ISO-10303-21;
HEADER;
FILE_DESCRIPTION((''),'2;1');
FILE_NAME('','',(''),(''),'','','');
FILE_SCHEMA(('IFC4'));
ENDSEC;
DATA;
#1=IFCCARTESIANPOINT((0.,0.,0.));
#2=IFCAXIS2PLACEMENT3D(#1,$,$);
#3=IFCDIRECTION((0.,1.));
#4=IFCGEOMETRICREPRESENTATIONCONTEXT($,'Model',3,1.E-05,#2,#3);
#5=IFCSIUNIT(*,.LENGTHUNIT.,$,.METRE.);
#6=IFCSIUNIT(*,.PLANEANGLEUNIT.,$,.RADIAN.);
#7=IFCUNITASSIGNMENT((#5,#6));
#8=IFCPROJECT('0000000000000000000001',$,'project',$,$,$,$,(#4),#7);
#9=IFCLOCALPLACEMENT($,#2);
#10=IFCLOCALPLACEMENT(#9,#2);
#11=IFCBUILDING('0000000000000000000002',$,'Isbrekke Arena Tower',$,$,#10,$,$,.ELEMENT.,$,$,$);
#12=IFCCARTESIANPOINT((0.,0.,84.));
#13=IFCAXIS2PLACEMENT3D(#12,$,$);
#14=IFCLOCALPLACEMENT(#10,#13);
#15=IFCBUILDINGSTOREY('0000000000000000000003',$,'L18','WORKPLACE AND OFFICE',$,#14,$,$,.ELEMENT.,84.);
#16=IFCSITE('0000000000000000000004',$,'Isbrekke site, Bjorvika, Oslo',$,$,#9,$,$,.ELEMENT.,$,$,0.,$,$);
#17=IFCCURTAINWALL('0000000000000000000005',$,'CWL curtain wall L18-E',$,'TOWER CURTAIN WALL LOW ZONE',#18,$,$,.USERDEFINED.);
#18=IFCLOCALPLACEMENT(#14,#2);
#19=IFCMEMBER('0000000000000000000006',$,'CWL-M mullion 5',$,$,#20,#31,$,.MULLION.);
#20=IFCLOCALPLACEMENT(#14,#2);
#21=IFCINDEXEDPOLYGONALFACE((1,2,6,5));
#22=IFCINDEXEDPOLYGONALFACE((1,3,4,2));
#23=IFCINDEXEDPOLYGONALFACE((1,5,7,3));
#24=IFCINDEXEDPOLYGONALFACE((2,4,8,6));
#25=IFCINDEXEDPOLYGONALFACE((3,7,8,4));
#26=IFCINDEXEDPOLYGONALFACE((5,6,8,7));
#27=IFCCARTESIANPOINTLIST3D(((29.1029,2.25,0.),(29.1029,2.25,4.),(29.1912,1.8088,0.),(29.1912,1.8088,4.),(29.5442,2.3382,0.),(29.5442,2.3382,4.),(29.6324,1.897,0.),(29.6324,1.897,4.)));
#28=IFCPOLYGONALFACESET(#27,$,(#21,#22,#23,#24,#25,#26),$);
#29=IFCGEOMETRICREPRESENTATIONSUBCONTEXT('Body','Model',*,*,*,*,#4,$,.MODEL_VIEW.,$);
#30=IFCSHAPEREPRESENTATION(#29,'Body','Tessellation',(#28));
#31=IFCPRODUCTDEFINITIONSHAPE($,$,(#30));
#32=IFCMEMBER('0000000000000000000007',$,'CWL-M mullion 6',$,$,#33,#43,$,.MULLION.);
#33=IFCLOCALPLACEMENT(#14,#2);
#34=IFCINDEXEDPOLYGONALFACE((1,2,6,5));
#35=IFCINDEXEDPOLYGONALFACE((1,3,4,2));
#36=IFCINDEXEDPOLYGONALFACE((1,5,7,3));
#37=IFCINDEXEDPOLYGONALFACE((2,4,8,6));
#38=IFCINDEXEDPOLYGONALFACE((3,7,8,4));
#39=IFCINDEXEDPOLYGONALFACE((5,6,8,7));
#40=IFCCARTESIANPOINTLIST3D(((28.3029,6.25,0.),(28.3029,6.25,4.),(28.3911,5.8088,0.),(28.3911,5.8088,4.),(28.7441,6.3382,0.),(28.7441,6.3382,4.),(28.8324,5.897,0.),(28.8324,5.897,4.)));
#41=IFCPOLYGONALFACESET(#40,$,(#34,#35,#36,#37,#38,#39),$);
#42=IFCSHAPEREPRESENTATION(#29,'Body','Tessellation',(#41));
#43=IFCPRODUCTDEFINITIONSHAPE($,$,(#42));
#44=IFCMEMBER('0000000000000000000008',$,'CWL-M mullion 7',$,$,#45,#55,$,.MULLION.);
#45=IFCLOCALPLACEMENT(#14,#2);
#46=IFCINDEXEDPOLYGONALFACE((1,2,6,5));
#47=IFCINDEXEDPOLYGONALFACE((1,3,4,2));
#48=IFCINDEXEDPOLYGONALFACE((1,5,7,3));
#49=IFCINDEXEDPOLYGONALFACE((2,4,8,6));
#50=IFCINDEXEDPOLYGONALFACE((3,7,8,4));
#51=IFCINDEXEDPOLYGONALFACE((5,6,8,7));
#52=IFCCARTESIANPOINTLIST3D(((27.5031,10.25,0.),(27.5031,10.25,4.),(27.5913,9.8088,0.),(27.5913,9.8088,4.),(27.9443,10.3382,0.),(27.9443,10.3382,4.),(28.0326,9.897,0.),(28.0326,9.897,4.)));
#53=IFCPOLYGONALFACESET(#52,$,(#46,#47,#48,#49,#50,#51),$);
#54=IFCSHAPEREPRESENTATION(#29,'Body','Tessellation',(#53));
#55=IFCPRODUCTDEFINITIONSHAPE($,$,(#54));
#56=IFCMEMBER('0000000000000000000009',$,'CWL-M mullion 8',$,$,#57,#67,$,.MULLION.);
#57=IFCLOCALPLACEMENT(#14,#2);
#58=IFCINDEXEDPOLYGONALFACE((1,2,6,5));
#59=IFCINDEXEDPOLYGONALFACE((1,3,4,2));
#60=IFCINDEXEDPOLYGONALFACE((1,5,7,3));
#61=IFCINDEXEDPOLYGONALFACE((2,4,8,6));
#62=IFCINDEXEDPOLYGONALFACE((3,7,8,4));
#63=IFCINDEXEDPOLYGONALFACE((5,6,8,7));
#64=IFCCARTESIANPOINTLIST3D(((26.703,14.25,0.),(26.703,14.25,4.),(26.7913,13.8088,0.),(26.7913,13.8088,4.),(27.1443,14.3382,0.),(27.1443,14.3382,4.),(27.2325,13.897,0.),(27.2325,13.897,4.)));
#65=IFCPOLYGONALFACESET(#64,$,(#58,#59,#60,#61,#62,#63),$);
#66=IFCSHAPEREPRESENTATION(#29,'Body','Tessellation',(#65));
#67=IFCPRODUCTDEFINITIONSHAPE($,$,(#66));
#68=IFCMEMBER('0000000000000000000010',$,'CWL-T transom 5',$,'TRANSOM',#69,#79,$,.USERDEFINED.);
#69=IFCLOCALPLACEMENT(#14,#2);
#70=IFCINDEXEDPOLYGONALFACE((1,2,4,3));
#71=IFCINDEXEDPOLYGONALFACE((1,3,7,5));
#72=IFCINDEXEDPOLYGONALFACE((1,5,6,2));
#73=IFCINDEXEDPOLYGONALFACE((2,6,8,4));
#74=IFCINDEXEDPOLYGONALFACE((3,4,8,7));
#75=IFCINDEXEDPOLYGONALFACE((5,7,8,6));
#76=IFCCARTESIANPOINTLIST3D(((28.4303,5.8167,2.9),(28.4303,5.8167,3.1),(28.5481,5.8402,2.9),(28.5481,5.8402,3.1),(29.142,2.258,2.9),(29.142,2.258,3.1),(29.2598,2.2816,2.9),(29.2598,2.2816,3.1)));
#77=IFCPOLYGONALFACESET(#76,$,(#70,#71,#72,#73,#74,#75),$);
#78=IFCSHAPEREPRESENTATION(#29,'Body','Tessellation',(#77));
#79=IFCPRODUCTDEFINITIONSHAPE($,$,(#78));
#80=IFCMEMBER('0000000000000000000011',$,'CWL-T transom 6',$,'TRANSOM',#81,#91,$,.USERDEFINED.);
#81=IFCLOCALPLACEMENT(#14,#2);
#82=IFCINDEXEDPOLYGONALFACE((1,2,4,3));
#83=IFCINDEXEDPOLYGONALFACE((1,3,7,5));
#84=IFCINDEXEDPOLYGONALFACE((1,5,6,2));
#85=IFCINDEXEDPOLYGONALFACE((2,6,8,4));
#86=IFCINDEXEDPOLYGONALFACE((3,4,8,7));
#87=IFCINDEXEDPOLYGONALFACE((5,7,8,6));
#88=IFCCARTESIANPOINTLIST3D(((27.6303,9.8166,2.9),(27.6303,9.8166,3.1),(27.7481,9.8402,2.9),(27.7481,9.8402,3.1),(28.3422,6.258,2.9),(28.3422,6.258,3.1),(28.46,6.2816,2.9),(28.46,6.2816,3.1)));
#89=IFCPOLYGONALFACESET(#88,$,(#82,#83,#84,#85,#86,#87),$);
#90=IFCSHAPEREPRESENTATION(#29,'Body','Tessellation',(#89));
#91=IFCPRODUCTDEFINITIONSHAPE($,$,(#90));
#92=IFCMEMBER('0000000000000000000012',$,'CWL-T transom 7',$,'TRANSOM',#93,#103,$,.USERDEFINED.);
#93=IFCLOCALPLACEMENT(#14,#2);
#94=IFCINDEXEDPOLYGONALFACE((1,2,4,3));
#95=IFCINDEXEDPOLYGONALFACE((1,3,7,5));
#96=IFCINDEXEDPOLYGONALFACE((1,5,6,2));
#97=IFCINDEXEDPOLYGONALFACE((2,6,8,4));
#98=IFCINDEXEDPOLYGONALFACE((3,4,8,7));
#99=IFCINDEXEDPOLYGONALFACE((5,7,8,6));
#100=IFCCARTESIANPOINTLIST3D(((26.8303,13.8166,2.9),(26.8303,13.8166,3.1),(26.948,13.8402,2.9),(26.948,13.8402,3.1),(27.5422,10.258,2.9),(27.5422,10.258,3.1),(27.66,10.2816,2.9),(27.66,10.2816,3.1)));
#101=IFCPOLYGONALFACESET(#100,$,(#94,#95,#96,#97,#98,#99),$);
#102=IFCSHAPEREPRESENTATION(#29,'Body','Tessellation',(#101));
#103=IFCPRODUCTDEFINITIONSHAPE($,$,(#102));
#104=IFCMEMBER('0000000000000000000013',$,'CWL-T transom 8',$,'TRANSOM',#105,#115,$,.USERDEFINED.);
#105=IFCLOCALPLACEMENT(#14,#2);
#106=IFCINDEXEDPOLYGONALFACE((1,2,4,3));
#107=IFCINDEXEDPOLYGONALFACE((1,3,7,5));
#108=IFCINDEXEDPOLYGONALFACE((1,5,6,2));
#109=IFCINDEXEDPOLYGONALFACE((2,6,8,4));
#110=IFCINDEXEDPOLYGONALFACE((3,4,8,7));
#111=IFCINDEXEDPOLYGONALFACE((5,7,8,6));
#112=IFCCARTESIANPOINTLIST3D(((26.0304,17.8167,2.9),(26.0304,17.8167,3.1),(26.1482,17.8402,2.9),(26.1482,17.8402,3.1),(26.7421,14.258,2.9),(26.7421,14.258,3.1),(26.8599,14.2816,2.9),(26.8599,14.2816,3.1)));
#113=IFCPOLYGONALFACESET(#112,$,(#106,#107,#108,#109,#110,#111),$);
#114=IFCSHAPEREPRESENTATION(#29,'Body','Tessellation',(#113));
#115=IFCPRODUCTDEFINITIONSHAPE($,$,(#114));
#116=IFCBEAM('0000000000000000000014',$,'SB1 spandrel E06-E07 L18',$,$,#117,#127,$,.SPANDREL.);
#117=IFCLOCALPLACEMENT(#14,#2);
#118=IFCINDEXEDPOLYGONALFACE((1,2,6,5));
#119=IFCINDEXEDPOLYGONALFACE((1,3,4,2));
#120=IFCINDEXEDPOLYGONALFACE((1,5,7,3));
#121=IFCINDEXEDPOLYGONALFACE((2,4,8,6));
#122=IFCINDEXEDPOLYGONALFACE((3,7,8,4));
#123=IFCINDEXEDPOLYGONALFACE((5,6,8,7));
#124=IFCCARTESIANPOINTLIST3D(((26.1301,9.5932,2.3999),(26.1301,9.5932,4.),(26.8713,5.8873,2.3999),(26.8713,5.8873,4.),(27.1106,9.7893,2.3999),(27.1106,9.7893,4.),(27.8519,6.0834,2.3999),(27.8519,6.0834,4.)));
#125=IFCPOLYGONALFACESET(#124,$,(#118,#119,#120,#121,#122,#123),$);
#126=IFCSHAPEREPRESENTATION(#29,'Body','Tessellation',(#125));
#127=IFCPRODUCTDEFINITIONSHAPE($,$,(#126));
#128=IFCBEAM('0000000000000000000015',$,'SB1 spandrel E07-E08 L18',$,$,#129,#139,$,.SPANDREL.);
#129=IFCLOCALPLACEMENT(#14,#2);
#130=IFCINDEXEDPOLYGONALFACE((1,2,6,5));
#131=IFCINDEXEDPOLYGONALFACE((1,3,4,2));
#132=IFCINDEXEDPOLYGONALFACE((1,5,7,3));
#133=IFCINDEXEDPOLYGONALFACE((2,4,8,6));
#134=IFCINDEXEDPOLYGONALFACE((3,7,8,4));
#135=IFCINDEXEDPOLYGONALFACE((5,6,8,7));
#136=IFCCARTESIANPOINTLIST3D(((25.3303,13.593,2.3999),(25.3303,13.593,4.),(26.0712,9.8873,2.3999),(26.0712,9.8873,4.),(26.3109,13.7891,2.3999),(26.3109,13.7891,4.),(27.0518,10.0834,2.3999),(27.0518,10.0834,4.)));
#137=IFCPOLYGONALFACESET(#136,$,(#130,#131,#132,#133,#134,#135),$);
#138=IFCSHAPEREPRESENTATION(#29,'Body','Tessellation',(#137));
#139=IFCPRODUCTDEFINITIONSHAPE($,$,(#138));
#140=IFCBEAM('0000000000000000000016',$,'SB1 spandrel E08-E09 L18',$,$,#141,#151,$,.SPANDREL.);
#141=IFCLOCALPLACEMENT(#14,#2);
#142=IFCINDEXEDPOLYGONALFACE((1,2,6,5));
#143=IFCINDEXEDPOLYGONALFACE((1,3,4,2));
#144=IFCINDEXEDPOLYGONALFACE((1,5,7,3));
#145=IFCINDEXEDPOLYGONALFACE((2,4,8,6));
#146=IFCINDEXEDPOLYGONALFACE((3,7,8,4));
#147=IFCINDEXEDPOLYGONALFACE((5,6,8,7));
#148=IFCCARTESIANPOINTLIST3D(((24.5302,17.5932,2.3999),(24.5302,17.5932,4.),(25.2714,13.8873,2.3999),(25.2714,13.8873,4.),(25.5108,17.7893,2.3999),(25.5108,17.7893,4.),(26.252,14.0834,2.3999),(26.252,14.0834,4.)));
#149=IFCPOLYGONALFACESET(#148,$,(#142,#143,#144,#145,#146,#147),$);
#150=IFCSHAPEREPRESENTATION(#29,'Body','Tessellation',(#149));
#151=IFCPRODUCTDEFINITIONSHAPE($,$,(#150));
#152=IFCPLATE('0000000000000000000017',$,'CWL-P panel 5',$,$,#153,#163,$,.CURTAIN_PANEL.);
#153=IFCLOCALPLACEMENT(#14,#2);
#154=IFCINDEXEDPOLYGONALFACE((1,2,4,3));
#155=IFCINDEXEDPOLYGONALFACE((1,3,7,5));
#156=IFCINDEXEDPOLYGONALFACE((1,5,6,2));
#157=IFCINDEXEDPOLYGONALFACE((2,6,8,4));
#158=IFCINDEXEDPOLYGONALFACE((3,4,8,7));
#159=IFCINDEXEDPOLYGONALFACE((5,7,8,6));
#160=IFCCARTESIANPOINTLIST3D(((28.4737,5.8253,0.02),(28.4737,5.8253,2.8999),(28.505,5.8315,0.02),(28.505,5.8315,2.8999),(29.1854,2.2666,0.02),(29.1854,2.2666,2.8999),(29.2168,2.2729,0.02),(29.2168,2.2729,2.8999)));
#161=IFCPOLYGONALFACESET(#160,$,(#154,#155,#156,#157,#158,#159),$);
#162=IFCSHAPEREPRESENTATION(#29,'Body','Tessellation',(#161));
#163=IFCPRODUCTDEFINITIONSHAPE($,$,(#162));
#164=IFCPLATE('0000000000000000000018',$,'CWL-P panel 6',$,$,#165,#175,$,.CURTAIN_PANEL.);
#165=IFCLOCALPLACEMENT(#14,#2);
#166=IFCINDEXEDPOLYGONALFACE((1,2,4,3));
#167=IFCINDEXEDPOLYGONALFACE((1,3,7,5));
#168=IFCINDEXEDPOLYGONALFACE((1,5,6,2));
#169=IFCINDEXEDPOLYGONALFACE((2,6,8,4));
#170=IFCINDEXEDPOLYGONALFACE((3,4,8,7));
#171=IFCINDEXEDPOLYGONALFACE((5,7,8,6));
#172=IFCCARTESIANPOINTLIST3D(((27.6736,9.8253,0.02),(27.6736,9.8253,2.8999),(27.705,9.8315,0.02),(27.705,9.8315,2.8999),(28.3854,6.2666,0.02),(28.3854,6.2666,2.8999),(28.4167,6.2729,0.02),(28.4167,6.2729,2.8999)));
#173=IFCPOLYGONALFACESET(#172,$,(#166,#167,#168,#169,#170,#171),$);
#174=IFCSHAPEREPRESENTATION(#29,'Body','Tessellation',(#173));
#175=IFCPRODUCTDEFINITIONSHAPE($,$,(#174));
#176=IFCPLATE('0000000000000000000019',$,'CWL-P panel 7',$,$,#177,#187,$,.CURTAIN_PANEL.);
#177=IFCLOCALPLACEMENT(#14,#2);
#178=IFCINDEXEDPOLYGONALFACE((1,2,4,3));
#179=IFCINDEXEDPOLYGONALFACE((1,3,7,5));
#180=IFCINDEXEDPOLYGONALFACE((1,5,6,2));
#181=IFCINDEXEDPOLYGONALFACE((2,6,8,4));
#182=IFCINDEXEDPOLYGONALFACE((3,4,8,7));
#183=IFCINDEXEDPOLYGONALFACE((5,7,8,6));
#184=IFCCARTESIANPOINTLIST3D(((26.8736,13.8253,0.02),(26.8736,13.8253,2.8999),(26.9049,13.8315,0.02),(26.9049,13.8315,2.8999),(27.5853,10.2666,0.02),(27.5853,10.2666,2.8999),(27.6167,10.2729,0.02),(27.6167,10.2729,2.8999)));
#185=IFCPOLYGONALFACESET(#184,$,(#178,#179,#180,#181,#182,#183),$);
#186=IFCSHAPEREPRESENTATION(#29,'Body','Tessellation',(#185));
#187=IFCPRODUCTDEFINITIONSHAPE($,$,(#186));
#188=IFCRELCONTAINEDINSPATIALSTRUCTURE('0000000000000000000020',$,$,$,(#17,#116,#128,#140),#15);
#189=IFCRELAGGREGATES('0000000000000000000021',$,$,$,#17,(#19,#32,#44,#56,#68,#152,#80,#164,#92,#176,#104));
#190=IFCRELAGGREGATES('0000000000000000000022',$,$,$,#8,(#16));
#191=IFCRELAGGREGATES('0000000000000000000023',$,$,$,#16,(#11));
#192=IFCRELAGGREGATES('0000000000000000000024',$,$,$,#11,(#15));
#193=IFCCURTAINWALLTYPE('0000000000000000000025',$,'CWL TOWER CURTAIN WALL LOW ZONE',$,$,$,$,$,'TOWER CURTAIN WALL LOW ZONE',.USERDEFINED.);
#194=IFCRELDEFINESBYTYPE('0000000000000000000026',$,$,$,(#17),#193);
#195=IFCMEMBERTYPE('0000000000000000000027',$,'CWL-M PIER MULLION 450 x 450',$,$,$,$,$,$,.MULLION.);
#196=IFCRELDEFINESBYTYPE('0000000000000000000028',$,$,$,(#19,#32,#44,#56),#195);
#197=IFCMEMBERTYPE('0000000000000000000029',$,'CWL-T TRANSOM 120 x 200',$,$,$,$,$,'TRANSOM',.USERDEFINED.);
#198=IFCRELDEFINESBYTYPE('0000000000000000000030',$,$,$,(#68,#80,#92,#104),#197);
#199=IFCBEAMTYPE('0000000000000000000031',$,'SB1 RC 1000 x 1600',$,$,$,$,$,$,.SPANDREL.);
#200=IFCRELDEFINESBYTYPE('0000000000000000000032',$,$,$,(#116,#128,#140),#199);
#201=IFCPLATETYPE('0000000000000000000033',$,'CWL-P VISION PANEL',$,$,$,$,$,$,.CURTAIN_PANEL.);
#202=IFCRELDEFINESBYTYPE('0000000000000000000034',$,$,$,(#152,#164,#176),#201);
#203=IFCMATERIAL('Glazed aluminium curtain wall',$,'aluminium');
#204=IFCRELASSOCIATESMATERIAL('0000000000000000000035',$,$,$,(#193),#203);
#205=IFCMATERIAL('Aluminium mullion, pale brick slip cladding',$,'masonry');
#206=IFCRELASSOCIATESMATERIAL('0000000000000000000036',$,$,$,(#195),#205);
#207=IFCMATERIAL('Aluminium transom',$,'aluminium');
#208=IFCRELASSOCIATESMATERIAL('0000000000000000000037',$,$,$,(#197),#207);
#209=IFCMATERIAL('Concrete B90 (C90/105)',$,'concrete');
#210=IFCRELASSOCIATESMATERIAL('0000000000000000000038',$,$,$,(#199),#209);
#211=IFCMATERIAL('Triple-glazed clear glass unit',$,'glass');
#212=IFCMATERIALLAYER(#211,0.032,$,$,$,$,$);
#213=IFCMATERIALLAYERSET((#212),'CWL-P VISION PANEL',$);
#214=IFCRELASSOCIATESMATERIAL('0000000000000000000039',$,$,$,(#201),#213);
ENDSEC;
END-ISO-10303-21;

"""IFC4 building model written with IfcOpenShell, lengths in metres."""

from ifc_helpers import new_model, si_unit, direction, frame, origin, origin_2d, place, context, subcontext, project, spatial, rectangle, extrude, material, layer, layer_set, material_profile, profile_set, type_object, element, aggregate, save


model = new_model("IFC4")

# Units and contexts
model_context = context("Model", 3, precision=1e-05, world=origin(), true_north=direction((0.0, 1.0)))
body_context = subcontext(model_context, "Body", "Model", "MODEL_VIEW")
ifc_project = project(units=[si_unit("LENGTHUNIT", "METRE"), si_unit("PLANEANGLEUNIT", "RADIAN")], contexts=[model_context])

# Site, building, storey
site_placement = place(None, origin())
site = spatial("IfcSite", under=ifc_project, at=site_placement, Name="Isbrekke site, Bjorvika, Oslo", CompositionType="ELEMENT", RefElevation=0.0)
building_placement = place(site_placement, origin())
building = spatial("IfcBuilding", under=site, at=building_placement, Name="Isbrekke Arena Tower", CompositionType="ELEMENT")
storey_placement = place(building_placement, frame((0.0, 0.0, 84.0)))
storey = spatial("IfcBuildingStorey", under=building, at=storey_placement, Name="L18", Description="WORKPLACE AND OFFICE", CompositionType="ELEMENT", Elevation=84.0)

# Curtain wall, members
ifc_material_1 = material(Name="Glazed aluminium curtain wall", Category="aluminium")
curtain_wall_type = type_object("IfcCurtainWallType", Name="CWL TOWER CURTAIN WALL LOW ZONE", ElementType="TOWER CURTAIN WALL LOW ZONE", PredefinedType="USERDEFINED", material=ifc_material_1)
curtain_wall_placement = place(storey_placement, origin())
curtain_wall = element("IfcCurtainWall", 1, at=curtain_wall_placement, inside=storey, type_object=curtain_wall_type, Name="CWL curtain wall L18-E", ObjectType="TOWER CURTAIN WALL LOW ZONE", PredefinedType="USERDEFINED")
ifc_material_2 = material(Name="Aluminium mullion, pale brick slip cladding", Category="masonry")
ifc_material_profile_1 = material_profile(ifc_material_2, rectangle(XDim=0.45, YDim=0.45, at=origin_2d()), Name="PIER 450X450")
ifc_profile_set_1 = profile_set([ifc_material_profile_1], Name="Aluminium mullion, pale brick slip cladding")
member_type_1 = type_object("IfcMemberType", Name="CWL-M PIER MULLION 450 x 450", PredefinedType="MULLION", material=ifc_profile_set_1)
member_1_placement = place(storey_placement, frame((29.3677, 2.0735, 0.0), z_axis=(0.0, 0.0, 1.0), x_axis=(-0.196116, 0.980581, 0.0)))
member_1 = element("IfcMember", 2, at=member_1_placement, type_object=member_type_1, Name="CWL-M mullion 5", PredefinedType="MULLION", context=body_context, shape_type="SweptSolid", body=[
    extrude(rectangle(XDim=0.45, YDim=0.45, at=origin_2d()), origin(), (0.0, 0.0, 1.0), 4.0),
])
member_2_placement = place(storey_placement, frame((28.5676, 6.0735, 0.0), z_axis=(0.0, 0.0, 1.0), x_axis=(-0.196116, 0.980581, 0.0)))
member_2 = element("IfcMember", 3, at=member_2_placement, type_object=member_type_1, Name="CWL-M mullion 6", PredefinedType="MULLION", context=body_context, shape_type="SweptSolid", body=[
    extrude(rectangle(XDim=0.45, YDim=0.45, at=origin_2d()), origin(), (0.0, 0.0, 1.0), 4.0),
])
member_3_placement = place(storey_placement, frame((27.7678, 10.0735, 0.0), z_axis=(0.0, 0.0, 1.0), x_axis=(-0.196116, 0.980581, 0.0)))
member_3 = element("IfcMember", 4, at=member_3_placement, type_object=member_type_1, Name="CWL-M mullion 7", PredefinedType="MULLION", context=body_context, shape_type="SweptSolid", body=[
    extrude(rectangle(XDim=0.45, YDim=0.45, at=origin_2d()), origin(), (0.0, 0.0, 1.0), 4.0),
])
member_4_placement = place(storey_placement, frame((26.9678, 14.0735, 0.0), z_axis=(0.0, 0.0, 1.0), x_axis=(-0.196116, 0.980581, 0.0)))
member_4 = element("IfcMember", 5, at=member_4_placement, type_object=member_type_1, Name="CWL-M mullion 8", PredefinedType="MULLION", context=body_context, shape_type="SweptSolid", body=[
    extrude(rectangle(XDim=0.45, YDim=0.45, at=origin_2d()), origin(), (0.0, 0.0, 1.0), 4.0),
])
ifc_material_3 = material(Name="Aluminium transom", Category="aluminium")
ifc_material_profile_2 = material_profile(ifc_material_3, rectangle(XDim=0.1201, YDim=0.2, at=origin_2d()), Name="TRANSOM 120X200")
ifc_profile_set_2 = profile_set([ifc_material_profile_2], Name="Aluminium transom")
member_type_2 = type_object("IfcMemberType", Name="CWL-T TRANSOM 120 x 200", ElementType="TRANSOM", PredefinedType="USERDEFINED", material=ifc_profile_set_2)
member_5_placement = place(storey_placement, frame((29.2009, 2.2698, 3.0), z_axis=(-0.196103, 0.980583, 0.0), x_axis=(-0.980583, -0.196103, 0.0)))
member_5 = element("IfcMember", 6, at=member_5_placement, type_object=member_type_2, Name="CWL-T transom 5", ObjectType="TRANSOM", PredefinedType="USERDEFINED", context=body_context, shape_type="SweptSolid", body=[
    extrude(rectangle(XDim=0.1201, YDim=0.2, at=origin_2d()), origin(), (0.0, 0.0, 1.0), 3.6292),
])
member_6_placement = place(storey_placement, frame((28.4011, 6.2698, 3.0), z_axis=(-0.196168, 0.98057, 0.0), x_axis=(-0.98057, -0.196168, 0.0)))
member_6 = element("IfcMember", 7, at=member_6_placement, type_object=member_type_2, Name="CWL-T transom 6", ObjectType="TRANSOM", PredefinedType="USERDEFINED", context=body_context, shape_type="SweptSolid", body=[
    extrude(rectangle(XDim=0.1201, YDim=0.2, at=origin_2d()), origin(), (0.0, 0.0, 1.0), 3.6292),
])
member_7_placement = place(storey_placement, frame((27.6011, 10.2698, 3.0), z_axis=(-0.196168, 0.98057, 0.0), x_axis=(-0.98057, -0.196168, 0.0)))
member_7 = element("IfcMember", 8, at=member_7_placement, type_object=member_type_2, Name="CWL-T transom 7", ObjectType="TRANSOM", PredefinedType="USERDEFINED", context=body_context, shape_type="SweptSolid", body=[
    extrude(rectangle(XDim=0.1201, YDim=0.2, at=origin_2d()), origin(), (0.0, 0.0, 1.0), 3.6292),
])
member_8_placement = place(storey_placement, frame((26.801, 14.2698, 3.0), z_axis=(-0.196103, 0.980583, 0.0), x_axis=(-0.980583, -0.196103, 0.0)))
member_8 = element("IfcMember", 9, at=member_8_placement, type_object=member_type_2, Name="CWL-T transom 8", ObjectType="TRANSOM", PredefinedType="USERDEFINED", context=body_context, shape_type="SweptSolid", body=[
    extrude(rectangle(XDim=0.1201, YDim=0.2, at=origin_2d()), origin(), (0.0, 0.0, 1.0), 3.6292),
])

# Beams
ifc_material_4 = material(Name="Concrete B90 (C90/105)", Category="concrete")
ifc_material_profile_3 = material_profile(ifc_material_4, rectangle(XDim=1.0, YDim=1.6001, at=origin_2d()), Name="RC 1000x1600")
ifc_profile_set_3 = profile_set([ifc_material_profile_3], Name="Concrete B90 (C90/105)")
beam_type_1 = type_object("IfcBeamType", Name="SB1 RC 1000 x 1600", PredefinedType="SPANDREL", material=ifc_profile_set_3)
beam_1_placement = place(storey_placement, frame((27.3616, 5.9854, 3.2), z_axis=(-0.196129, 0.980578, 0.0), x_axis=(-0.980578, -0.196129, 0.0)))
element("IfcBeam", 10, at=beam_1_placement, inside=storey, type_object=beam_type_1, Name="SB1 spandrel E06-E07 L18", PredefinedType="SPANDREL", context=body_context, shape_type="SweptSolid", body=[
    extrude(rectangle(XDim=1.0, YDim=1.6001, at=origin_2d()), origin(), (0.0, 0.0, 1.0), 3.7793),
])
beam_2_placement = place(storey_placement, frame((26.5615, 9.9854, 3.2), z_axis=(-0.196066, 0.980591, 0.0), x_axis=(-0.980591, -0.196066, 0.0)))
element("IfcBeam", 11, at=beam_2_placement, inside=storey, type_object=beam_type_1, Name="SB1 spandrel E07-E08 L18", PredefinedType="SPANDREL", context=body_context, shape_type="SweptSolid", body=[
    extrude(rectangle(XDim=1.0, YDim=1.6001, at=origin_2d()), origin(), (0.0, 0.0, 1.0), 3.7791),
])
beam_3_placement = place(storey_placement, frame((25.7617, 13.9854, 3.2), z_axis=(-0.196129, 0.980578, 0.0), x_axis=(-0.980578, -0.196129, 0.0)))
element("IfcBeam", 12, at=beam_3_placement, inside=storey, type_object=beam_type_1, Name="SB1 spandrel E08-E09 L18", PredefinedType="SPANDREL", context=body_context, shape_type="SweptSolid", body=[
    extrude(rectangle(XDim=1.0, YDim=1.6001, at=origin_2d()), origin(), (0.0, 0.0, 1.0), 3.7793),
])

# Plates
ifc_material_5 = material(Name="Triple-glazed clear glass unit", Category="glass")
ifc_layer_1 = layer(ifc_material_5, 0.032)
ifc_layer_set_1 = layer_set([ifc_layer_1], Name="CWL-P VISION PANEL")
plate_type = type_object("IfcPlateType", Name="CWL-P VISION PANEL", PredefinedType="CURTAIN_PANEL", material=ifc_layer_set_1)
plate_1_placement = place(storey_placement, frame((28.8452, 4.0491, 0.02), z_axis=(0.0, 0.0, 1.0), x_axis=(-0.196116, 0.980581, 0.0)))
plate_1 = element("IfcPlate", 13, at=plate_1_placement, type_object=plate_type, Name="CWL-P panel 5", PredefinedType="CURTAIN_PANEL", context=body_context, shape_type="SweptSolid", body=[
    extrude(rectangle(XDim=3.6292, YDim=0.032, at=origin_2d()), origin(), (0.0, 0.0, 1.0), 2.8799),
])
plate_2_placement = place(storey_placement, frame((28.0452, 8.0491, 0.02), z_axis=(0.0, 0.0, 1.0), x_axis=(-0.196116, 0.980581, 0.0)))
plate_2 = element("IfcPlate", 14, at=plate_2_placement, type_object=plate_type, Name="CWL-P panel 6", PredefinedType="CURTAIN_PANEL", context=body_context, shape_type="SweptSolid", body=[
    extrude(rectangle(XDim=3.6292, YDim=0.032, at=origin_2d()), origin(), (0.0, 0.0, 1.0), 2.8799),
])
plate_3_placement = place(storey_placement, frame((27.2451, 12.0491, 0.02), z_axis=(0.0, 0.0, 1.0), x_axis=(-0.196116, 0.980581, 0.0)))
plate_3 = element("IfcPlate", 15, at=plate_3_placement, type_object=plate_type, Name="CWL-P panel 7", PredefinedType="CURTAIN_PANEL", context=body_context, shape_type="SweptSolid", body=[
    extrude(rectangle(XDim=3.6292, YDim=0.032, at=origin_2d()), origin(), (0.0, 0.0, 1.0), 2.8799),
])
aggregate(curtain_wall, [member_1, member_2, member_3, member_4, member_5, plate_1, member_6, plate_2, member_7, plate_3, member_8])

save(model, "model.ifc")
